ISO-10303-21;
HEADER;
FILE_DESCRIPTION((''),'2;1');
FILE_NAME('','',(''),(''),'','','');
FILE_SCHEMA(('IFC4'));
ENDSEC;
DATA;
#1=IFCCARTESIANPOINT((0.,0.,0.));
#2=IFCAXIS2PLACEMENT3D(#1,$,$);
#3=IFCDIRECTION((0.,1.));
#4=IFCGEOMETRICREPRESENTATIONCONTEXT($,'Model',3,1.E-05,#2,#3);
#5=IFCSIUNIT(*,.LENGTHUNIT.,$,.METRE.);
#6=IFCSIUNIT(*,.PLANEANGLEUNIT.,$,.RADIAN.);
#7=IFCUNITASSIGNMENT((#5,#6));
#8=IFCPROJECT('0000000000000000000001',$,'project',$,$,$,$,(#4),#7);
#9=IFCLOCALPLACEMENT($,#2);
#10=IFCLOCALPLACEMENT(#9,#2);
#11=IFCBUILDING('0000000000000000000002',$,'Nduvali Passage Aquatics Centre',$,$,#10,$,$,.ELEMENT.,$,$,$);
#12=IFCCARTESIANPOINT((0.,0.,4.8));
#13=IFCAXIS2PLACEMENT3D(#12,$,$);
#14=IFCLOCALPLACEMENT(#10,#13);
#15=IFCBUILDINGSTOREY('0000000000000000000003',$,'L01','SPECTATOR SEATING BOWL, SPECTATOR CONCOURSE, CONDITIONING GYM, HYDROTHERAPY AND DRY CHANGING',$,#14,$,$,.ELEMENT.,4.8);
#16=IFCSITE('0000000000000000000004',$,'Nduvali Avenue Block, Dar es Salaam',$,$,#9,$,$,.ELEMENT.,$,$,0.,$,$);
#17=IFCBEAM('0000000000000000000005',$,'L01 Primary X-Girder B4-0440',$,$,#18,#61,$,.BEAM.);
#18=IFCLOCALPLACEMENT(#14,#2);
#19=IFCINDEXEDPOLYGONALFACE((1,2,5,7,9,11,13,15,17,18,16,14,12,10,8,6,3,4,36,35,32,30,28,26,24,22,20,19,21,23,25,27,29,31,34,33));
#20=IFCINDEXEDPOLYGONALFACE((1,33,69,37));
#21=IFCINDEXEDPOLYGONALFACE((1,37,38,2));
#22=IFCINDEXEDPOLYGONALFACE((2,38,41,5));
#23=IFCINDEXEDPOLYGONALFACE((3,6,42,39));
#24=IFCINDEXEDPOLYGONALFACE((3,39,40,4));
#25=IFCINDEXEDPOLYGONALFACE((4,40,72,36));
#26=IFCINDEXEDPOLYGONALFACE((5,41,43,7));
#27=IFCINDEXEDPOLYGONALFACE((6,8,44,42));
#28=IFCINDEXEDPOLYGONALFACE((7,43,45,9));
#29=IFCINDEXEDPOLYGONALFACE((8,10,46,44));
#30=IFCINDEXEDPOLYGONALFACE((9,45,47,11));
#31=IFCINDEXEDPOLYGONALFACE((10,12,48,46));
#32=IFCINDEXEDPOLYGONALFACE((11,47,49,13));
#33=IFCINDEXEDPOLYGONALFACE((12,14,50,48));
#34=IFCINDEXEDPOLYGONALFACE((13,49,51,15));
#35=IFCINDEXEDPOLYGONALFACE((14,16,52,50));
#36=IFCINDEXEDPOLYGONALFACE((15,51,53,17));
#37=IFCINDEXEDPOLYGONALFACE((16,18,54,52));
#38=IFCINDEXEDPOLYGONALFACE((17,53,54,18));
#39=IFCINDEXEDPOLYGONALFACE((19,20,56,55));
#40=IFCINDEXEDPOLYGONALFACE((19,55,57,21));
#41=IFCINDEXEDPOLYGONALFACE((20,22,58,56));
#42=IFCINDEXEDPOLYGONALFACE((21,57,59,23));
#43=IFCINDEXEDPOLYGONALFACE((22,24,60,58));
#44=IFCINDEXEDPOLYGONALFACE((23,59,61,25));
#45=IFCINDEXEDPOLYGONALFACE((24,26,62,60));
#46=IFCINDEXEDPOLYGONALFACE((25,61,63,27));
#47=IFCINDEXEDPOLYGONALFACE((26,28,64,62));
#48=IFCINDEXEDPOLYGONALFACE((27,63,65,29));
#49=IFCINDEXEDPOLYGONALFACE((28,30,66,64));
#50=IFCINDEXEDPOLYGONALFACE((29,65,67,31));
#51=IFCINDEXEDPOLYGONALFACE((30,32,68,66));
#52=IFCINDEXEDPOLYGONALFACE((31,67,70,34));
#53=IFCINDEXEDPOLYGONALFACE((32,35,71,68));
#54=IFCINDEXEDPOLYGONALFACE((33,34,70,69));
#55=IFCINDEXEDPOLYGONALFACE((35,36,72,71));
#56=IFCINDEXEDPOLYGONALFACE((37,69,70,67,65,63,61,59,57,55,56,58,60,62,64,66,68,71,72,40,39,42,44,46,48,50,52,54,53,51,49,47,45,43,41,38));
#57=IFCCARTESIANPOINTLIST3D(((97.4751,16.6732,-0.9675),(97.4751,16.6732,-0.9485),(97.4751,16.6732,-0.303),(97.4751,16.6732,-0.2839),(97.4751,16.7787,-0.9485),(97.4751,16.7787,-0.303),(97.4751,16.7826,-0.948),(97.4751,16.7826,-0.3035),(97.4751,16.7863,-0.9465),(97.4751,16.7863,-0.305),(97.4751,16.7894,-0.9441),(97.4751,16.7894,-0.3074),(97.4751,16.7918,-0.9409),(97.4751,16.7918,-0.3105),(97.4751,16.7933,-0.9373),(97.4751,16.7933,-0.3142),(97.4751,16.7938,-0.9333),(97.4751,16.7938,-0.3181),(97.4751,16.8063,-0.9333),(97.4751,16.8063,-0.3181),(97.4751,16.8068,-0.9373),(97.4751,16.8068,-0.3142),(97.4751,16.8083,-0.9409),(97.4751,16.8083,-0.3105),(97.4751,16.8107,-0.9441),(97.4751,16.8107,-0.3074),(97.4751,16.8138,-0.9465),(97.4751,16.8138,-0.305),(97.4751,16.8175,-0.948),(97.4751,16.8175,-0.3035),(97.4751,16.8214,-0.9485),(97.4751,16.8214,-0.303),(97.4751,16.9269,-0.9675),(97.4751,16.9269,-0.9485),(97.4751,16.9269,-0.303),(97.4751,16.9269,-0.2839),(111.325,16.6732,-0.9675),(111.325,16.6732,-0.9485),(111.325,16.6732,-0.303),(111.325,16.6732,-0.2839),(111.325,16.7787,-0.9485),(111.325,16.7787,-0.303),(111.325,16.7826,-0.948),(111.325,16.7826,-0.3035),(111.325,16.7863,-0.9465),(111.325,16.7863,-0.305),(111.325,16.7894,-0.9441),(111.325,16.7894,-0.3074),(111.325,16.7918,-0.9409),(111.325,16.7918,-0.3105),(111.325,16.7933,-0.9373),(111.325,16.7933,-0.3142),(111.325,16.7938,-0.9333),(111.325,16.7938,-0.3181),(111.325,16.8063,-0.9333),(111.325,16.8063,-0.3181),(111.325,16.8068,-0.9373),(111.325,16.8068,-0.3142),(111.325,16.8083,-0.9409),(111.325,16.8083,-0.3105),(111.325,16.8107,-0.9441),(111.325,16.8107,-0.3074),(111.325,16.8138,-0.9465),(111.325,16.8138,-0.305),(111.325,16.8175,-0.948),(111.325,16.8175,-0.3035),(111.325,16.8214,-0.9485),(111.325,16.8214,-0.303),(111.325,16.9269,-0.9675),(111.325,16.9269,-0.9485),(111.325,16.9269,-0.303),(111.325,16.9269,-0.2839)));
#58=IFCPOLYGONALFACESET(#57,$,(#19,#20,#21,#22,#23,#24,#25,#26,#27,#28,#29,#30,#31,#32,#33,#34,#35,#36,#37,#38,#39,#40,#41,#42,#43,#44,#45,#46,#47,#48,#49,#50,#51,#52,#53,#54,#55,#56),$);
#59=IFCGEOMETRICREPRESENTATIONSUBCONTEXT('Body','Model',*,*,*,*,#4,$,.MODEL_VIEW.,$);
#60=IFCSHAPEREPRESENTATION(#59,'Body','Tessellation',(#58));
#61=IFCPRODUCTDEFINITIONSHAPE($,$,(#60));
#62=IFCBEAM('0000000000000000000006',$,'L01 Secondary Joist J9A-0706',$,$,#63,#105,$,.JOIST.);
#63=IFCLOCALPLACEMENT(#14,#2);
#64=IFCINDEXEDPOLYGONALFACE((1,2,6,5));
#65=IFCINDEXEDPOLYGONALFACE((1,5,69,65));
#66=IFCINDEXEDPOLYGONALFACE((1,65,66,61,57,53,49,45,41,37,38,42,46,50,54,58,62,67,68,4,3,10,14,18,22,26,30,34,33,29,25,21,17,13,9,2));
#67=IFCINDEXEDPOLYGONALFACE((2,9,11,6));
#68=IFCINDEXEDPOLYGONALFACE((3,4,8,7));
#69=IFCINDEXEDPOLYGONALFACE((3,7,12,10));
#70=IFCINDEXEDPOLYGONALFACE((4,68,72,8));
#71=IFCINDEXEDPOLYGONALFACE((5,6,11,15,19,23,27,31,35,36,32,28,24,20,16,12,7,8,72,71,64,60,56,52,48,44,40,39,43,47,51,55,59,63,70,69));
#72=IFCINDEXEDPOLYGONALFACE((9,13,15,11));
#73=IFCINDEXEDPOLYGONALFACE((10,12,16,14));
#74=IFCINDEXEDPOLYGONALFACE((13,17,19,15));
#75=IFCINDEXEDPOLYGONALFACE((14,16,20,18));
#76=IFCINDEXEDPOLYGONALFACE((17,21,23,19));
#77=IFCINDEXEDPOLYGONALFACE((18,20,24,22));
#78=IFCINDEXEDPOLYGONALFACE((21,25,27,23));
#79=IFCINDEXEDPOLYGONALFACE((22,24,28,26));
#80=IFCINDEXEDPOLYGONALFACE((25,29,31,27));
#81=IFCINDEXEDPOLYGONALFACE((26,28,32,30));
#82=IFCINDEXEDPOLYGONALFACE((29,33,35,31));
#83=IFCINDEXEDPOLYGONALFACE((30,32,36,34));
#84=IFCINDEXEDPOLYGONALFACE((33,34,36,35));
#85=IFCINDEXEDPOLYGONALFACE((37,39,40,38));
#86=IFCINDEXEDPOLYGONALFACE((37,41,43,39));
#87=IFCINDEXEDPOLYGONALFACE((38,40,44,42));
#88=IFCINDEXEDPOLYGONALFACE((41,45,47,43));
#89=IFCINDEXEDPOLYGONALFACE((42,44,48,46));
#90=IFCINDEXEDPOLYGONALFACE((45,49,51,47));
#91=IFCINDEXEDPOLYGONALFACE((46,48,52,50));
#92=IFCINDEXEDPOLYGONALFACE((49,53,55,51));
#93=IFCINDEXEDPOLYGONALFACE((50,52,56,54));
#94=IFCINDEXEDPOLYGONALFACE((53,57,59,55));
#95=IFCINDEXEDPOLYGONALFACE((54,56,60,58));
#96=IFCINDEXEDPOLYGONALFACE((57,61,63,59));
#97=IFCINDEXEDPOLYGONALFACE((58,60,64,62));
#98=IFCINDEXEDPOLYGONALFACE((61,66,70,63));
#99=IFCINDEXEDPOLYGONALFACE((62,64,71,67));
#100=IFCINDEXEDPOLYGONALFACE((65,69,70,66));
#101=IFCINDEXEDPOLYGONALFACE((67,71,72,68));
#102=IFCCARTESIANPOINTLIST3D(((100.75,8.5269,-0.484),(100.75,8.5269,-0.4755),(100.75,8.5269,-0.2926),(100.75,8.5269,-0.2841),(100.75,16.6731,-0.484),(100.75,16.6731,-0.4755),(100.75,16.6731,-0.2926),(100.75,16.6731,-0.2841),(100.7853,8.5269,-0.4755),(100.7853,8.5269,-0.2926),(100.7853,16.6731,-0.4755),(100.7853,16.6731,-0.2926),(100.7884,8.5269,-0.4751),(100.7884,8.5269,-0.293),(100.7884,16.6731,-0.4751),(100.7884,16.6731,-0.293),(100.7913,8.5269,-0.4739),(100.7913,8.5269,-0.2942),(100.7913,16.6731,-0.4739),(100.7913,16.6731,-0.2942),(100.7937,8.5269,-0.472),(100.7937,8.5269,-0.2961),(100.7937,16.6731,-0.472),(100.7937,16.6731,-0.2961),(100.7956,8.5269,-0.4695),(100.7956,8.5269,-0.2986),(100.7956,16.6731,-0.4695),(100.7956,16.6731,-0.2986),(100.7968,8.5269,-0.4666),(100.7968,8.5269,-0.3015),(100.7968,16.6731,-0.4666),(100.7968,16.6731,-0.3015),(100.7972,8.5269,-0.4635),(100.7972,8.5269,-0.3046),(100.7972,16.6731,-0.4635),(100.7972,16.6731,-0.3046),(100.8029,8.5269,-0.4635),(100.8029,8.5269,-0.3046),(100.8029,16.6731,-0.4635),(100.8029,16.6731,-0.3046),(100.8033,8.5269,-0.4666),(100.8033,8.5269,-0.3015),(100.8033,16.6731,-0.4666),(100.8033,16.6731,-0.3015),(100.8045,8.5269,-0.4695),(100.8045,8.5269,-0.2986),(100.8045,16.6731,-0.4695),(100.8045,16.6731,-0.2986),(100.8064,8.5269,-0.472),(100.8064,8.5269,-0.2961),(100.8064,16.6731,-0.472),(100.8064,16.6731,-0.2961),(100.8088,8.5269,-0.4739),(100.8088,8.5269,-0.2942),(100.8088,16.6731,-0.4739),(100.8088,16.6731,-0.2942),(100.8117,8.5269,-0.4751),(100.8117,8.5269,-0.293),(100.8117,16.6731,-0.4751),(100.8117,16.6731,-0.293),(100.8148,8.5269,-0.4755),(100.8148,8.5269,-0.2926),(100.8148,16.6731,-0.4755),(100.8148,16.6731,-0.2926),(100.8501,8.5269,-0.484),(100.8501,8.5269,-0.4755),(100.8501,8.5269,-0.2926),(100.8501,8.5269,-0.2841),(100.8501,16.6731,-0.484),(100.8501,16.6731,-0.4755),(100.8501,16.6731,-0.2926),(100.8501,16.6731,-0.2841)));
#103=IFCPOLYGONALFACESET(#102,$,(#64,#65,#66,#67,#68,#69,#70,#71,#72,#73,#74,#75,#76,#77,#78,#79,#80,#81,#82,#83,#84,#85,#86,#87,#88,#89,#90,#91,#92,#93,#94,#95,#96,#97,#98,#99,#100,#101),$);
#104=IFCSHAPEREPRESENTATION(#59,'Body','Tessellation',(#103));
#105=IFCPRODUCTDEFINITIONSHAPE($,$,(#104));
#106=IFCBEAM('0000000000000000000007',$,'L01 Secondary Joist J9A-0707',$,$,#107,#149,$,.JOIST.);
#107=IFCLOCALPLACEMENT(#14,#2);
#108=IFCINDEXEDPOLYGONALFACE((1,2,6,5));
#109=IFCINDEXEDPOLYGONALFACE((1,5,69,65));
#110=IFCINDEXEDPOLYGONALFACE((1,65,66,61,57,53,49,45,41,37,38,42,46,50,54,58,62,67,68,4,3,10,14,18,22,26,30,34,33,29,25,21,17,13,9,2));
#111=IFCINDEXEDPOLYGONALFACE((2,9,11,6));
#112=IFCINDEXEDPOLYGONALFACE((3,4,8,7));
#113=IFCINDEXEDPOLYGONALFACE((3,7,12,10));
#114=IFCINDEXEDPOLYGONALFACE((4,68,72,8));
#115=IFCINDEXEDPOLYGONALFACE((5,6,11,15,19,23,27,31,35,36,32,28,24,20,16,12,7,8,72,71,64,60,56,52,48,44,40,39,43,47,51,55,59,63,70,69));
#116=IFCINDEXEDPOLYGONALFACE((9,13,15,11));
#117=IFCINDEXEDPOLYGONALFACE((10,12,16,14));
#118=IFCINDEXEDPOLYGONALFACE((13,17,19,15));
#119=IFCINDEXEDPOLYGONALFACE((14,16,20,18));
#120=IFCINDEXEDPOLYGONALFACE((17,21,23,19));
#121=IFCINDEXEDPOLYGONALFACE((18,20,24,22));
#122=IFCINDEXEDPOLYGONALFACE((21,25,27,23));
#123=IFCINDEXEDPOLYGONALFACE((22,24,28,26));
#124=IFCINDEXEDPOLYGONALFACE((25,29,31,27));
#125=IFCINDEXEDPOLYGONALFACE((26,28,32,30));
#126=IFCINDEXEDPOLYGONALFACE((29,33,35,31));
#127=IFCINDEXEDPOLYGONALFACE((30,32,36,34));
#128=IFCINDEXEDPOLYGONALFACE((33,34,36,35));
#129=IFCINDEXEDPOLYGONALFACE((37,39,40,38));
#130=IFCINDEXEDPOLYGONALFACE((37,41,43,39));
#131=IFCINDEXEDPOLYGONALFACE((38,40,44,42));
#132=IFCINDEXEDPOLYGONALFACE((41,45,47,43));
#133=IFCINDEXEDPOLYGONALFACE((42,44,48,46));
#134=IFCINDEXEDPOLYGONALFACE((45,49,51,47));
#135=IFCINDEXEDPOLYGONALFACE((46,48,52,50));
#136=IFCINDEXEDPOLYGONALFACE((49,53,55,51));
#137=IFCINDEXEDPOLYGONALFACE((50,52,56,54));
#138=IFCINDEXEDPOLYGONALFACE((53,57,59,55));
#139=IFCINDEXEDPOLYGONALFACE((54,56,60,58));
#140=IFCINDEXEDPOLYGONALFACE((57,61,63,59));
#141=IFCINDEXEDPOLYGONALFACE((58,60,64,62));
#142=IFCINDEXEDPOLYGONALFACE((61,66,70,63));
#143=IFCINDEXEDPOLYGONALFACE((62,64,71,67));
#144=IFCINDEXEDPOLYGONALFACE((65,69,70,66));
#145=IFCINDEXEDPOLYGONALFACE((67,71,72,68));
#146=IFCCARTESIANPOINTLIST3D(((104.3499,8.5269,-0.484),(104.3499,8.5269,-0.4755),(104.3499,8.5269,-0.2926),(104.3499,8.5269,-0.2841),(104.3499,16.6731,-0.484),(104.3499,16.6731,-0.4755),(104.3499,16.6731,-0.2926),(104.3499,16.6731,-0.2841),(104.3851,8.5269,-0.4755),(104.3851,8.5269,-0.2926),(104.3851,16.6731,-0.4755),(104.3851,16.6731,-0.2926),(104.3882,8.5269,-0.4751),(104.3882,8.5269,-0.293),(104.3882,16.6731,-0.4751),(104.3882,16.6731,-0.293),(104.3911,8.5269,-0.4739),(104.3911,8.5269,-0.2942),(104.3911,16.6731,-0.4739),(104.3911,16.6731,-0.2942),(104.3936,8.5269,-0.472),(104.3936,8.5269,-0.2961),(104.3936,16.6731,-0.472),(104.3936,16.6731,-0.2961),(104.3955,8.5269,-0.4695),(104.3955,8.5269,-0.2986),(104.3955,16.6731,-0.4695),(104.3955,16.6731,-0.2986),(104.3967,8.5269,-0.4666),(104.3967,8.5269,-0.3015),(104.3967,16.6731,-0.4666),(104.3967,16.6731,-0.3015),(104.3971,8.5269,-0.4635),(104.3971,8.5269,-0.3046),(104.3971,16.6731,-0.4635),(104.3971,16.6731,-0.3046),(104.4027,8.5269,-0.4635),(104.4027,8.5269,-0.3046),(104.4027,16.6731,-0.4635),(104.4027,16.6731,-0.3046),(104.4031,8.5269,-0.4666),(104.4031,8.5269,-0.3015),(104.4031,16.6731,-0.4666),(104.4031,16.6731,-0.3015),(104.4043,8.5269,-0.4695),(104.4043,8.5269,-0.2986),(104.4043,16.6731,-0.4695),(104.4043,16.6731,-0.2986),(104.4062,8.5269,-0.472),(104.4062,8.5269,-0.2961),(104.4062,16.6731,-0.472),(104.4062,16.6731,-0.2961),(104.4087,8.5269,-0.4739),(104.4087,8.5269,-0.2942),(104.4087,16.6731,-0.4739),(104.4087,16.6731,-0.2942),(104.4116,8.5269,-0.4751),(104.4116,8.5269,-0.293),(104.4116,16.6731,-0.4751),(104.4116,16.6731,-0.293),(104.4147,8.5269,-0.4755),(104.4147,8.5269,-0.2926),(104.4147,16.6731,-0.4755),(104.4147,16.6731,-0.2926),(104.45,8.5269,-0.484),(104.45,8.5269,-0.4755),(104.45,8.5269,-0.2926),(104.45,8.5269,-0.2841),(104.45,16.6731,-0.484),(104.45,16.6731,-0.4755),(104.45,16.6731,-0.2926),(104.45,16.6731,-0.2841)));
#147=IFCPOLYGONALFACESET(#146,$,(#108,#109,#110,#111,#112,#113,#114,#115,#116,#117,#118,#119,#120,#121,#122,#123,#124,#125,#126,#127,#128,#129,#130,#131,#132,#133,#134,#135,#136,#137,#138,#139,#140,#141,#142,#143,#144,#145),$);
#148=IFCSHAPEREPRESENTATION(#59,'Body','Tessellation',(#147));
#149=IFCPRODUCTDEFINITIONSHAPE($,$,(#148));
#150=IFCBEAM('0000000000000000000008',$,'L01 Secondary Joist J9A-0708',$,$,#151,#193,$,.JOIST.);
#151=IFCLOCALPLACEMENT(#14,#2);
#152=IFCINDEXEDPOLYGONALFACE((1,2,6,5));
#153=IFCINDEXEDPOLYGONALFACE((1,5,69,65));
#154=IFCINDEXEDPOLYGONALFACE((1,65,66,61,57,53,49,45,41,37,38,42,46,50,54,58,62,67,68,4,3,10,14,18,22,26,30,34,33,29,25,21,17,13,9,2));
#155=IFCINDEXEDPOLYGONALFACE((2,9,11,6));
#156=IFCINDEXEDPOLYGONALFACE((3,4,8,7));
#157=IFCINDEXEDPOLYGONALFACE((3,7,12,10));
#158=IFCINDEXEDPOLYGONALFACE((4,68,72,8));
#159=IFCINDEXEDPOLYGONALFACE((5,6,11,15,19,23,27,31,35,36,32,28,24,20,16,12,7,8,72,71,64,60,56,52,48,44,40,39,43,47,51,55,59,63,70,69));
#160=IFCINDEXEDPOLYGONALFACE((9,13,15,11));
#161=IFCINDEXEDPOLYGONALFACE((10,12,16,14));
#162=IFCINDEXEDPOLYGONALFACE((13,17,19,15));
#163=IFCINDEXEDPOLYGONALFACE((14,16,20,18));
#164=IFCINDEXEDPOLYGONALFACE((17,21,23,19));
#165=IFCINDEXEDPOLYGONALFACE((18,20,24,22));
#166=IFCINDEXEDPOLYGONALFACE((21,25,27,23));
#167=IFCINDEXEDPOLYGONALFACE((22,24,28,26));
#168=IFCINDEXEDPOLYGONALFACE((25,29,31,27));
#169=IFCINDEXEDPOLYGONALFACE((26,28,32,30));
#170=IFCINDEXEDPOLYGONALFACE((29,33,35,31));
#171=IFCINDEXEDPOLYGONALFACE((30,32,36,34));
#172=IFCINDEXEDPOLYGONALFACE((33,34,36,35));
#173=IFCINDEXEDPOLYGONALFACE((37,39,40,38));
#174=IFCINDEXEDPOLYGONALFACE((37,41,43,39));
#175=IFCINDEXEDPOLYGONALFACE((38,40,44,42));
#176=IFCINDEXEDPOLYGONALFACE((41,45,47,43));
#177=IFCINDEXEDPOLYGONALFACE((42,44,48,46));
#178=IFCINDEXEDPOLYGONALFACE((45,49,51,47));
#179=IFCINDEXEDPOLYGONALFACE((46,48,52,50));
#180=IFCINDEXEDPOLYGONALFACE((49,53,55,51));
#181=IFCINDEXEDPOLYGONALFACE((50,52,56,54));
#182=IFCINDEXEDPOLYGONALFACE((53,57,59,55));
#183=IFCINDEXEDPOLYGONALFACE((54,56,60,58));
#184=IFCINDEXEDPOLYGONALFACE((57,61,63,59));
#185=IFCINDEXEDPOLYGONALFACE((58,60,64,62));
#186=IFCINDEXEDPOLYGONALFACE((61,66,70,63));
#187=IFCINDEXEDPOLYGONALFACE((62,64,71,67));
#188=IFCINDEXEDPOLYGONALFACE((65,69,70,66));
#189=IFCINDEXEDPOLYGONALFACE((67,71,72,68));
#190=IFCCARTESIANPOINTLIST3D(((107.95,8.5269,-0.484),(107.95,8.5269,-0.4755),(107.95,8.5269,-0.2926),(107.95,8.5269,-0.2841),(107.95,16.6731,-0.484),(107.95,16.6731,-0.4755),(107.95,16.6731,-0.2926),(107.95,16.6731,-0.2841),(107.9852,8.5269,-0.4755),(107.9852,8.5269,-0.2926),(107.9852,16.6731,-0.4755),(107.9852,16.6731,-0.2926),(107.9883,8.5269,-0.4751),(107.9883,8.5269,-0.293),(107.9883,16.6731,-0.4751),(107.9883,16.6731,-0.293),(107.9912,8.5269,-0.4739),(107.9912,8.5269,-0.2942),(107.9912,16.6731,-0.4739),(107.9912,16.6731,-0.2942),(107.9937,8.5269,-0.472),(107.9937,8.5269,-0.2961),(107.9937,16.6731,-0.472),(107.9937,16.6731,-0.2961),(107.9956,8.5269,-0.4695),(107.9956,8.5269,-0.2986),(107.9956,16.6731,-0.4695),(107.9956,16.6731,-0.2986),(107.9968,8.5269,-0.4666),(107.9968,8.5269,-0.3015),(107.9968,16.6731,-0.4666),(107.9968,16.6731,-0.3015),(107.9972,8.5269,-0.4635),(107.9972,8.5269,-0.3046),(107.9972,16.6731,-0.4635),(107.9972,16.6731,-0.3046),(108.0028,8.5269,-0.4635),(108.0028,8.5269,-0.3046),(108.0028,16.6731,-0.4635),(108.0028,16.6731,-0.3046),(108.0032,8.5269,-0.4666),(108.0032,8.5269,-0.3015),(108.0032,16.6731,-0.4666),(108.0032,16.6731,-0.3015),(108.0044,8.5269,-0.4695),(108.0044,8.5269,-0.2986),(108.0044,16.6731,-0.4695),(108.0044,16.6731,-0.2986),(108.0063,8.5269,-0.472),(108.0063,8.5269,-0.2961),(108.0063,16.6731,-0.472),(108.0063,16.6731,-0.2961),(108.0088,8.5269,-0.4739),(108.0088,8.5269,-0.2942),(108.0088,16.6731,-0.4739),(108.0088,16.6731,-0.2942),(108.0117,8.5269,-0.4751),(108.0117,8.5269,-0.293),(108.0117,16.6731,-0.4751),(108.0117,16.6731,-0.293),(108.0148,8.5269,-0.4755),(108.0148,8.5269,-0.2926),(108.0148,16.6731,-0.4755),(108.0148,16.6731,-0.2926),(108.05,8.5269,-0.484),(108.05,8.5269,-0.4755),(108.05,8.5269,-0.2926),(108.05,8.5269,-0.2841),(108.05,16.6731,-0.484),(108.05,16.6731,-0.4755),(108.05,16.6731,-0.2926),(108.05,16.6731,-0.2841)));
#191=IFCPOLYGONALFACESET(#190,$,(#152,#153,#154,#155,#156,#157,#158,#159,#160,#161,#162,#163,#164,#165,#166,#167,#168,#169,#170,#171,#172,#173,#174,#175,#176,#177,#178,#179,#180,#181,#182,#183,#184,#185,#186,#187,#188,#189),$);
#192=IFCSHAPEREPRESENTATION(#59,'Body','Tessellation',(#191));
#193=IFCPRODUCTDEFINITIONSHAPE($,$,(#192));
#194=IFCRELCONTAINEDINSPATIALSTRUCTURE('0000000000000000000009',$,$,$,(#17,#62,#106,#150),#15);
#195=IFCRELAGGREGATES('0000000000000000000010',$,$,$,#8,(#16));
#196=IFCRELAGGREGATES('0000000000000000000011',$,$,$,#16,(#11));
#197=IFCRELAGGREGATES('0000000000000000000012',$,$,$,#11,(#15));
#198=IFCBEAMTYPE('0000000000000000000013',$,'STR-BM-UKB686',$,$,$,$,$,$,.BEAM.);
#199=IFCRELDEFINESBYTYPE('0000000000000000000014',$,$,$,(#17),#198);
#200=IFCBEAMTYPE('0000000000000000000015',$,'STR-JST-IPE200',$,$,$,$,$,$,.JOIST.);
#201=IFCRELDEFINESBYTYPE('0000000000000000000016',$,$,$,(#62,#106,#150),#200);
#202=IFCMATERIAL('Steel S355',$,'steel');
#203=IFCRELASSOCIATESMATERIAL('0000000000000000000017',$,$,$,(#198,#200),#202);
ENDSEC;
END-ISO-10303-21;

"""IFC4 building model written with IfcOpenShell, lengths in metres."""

from ifc_helpers import new_model, si_unit, direction, frame, origin, origin_2d, place, context, subcontext, project, spatial, i_section, extrude, material, material_profile, profile_set, type_object, element, save


model = new_model("IFC4")

# Units and contexts
model_context = context("Model", 3, precision=1e-05, world=origin(), true_north=direction((0.0, 1.0)))
body_context = subcontext(model_context, "Body", "Model", "MODEL_VIEW")
ifc_project = project(units=[si_unit("LENGTHUNIT", "METRE"), si_unit("PLANEANGLEUNIT", "RADIAN")], contexts=[model_context])

# Site, building, storey
site_placement = place(None, origin())
site = spatial("IfcSite", under=ifc_project, at=site_placement, Name="Nduvali Avenue Block, Dar es Salaam", CompositionType="ELEMENT", RefElevation=0.0)
building_placement = place(site_placement, origin())
building = spatial("IfcBuilding", under=site, at=building_placement, Name="Nduvali Passage Aquatics Centre", CompositionType="ELEMENT")
storey_placement = place(building_placement, frame((0.0, 0.0, 4.8)))
storey = spatial("IfcBuildingStorey", under=building, at=storey_placement, Name="L01", Description="SPECTATOR SEATING BOWL, SPECTATOR CONCOURSE, CONDITIONING GYM, HYDROTHERAPY AND DRY CHANGING", CompositionType="ELEMENT", Elevation=4.8)

# Beams
ifc_material_1 = material(Name="Steel S355", Category="steel")
ifc_material_profile_1 = material_profile(ifc_material_1, i_section(OverallWidth=0.2537, OverallDepth=0.6836, WebThickness=0.0125, FlangeThickness=0.019, FilletRadius=0.0151, at=origin_2d()), Name="UKB 686x254x140")
ifc_profile_set_1 = profile_set([ifc_material_profile_1], Name="Steel S355")
beam_type_1 = type_object("IfcBeamType", Name="STR-BM-UKB686", PredefinedType="BEAM", material=ifc_profile_set_1)
beam_placement = place(storey_placement, frame((97.4751, 16.8, -0.6257), z_axis=(1.0, 0.0, 0.0), x_axis=(0.0, 1.0, 0.0)))
element("IfcBeam", 1, at=beam_placement, inside=storey, type_object=beam_type_1, Name="L01 Primary X-Girder B4-0440", PredefinedType="BEAM", context=body_context, shape_type="SweptSolid", body=[
    extrude(i_section(OverallWidth=0.2537, OverallDepth=0.6836, WebThickness=0.0125, FlangeThickness=0.019, FilletRadius=0.0151, at=origin_2d()), origin(), (0.0, 0.0, 1.0), 13.8499),
])
ifc_material_profile_2 = material_profile(ifc_material_1, i_section(OverallWidth=0.1001, OverallDepth=0.2, WebThickness=0.0056, FlangeThickness=0.0085, FilletRadius=0.012, at=origin_2d()), Name="IPE 200")
ifc_profile_set_2 = profile_set([ifc_material_profile_2], Name="Steel S355")
beam_type_2 = type_object("IfcBeamType", Name="STR-JST-IPE200", PredefinedType="JOIST", material=ifc_profile_set_2)
for number, where, z_axis, x_axis, name in (
    (2, (100.8, 8.5269, -0.384), (0.0, 1.0, 0.0), (-1.0, 0.0, 0.0), "L01 Secondary Joist J9A-0706"),
    (3, (104.3999, 8.5269, -0.384), (0.0, 1.0, 0.0), (-1.0, 0.0, 0.0), "L01 Secondary Joist J9A-0707"),
    (4, (108.0, 8.5269, -0.384), (0.0, 1.0, 0.0), (-1.0, 0.0, 0.0), "L01 Secondary Joist J9A-0708"),
):
    element("IfcBeam", number, at=place(storey_placement, frame(where, z_axis=z_axis, x_axis=x_axis)), inside=storey, type_object=beam_type_2, Name=name, PredefinedType="JOIST", context=body_context, shape_type="SweptSolid", body=[
        extrude(i_section(OverallWidth=0.1001, OverallDepth=0.2, WebThickness=0.0056, FlangeThickness=0.0085, FilletRadius=0.012, at=origin_2d()), origin(), (0.0, 0.0, 1.0), 8.1462),
    ])

save(model, "model.ifc")
